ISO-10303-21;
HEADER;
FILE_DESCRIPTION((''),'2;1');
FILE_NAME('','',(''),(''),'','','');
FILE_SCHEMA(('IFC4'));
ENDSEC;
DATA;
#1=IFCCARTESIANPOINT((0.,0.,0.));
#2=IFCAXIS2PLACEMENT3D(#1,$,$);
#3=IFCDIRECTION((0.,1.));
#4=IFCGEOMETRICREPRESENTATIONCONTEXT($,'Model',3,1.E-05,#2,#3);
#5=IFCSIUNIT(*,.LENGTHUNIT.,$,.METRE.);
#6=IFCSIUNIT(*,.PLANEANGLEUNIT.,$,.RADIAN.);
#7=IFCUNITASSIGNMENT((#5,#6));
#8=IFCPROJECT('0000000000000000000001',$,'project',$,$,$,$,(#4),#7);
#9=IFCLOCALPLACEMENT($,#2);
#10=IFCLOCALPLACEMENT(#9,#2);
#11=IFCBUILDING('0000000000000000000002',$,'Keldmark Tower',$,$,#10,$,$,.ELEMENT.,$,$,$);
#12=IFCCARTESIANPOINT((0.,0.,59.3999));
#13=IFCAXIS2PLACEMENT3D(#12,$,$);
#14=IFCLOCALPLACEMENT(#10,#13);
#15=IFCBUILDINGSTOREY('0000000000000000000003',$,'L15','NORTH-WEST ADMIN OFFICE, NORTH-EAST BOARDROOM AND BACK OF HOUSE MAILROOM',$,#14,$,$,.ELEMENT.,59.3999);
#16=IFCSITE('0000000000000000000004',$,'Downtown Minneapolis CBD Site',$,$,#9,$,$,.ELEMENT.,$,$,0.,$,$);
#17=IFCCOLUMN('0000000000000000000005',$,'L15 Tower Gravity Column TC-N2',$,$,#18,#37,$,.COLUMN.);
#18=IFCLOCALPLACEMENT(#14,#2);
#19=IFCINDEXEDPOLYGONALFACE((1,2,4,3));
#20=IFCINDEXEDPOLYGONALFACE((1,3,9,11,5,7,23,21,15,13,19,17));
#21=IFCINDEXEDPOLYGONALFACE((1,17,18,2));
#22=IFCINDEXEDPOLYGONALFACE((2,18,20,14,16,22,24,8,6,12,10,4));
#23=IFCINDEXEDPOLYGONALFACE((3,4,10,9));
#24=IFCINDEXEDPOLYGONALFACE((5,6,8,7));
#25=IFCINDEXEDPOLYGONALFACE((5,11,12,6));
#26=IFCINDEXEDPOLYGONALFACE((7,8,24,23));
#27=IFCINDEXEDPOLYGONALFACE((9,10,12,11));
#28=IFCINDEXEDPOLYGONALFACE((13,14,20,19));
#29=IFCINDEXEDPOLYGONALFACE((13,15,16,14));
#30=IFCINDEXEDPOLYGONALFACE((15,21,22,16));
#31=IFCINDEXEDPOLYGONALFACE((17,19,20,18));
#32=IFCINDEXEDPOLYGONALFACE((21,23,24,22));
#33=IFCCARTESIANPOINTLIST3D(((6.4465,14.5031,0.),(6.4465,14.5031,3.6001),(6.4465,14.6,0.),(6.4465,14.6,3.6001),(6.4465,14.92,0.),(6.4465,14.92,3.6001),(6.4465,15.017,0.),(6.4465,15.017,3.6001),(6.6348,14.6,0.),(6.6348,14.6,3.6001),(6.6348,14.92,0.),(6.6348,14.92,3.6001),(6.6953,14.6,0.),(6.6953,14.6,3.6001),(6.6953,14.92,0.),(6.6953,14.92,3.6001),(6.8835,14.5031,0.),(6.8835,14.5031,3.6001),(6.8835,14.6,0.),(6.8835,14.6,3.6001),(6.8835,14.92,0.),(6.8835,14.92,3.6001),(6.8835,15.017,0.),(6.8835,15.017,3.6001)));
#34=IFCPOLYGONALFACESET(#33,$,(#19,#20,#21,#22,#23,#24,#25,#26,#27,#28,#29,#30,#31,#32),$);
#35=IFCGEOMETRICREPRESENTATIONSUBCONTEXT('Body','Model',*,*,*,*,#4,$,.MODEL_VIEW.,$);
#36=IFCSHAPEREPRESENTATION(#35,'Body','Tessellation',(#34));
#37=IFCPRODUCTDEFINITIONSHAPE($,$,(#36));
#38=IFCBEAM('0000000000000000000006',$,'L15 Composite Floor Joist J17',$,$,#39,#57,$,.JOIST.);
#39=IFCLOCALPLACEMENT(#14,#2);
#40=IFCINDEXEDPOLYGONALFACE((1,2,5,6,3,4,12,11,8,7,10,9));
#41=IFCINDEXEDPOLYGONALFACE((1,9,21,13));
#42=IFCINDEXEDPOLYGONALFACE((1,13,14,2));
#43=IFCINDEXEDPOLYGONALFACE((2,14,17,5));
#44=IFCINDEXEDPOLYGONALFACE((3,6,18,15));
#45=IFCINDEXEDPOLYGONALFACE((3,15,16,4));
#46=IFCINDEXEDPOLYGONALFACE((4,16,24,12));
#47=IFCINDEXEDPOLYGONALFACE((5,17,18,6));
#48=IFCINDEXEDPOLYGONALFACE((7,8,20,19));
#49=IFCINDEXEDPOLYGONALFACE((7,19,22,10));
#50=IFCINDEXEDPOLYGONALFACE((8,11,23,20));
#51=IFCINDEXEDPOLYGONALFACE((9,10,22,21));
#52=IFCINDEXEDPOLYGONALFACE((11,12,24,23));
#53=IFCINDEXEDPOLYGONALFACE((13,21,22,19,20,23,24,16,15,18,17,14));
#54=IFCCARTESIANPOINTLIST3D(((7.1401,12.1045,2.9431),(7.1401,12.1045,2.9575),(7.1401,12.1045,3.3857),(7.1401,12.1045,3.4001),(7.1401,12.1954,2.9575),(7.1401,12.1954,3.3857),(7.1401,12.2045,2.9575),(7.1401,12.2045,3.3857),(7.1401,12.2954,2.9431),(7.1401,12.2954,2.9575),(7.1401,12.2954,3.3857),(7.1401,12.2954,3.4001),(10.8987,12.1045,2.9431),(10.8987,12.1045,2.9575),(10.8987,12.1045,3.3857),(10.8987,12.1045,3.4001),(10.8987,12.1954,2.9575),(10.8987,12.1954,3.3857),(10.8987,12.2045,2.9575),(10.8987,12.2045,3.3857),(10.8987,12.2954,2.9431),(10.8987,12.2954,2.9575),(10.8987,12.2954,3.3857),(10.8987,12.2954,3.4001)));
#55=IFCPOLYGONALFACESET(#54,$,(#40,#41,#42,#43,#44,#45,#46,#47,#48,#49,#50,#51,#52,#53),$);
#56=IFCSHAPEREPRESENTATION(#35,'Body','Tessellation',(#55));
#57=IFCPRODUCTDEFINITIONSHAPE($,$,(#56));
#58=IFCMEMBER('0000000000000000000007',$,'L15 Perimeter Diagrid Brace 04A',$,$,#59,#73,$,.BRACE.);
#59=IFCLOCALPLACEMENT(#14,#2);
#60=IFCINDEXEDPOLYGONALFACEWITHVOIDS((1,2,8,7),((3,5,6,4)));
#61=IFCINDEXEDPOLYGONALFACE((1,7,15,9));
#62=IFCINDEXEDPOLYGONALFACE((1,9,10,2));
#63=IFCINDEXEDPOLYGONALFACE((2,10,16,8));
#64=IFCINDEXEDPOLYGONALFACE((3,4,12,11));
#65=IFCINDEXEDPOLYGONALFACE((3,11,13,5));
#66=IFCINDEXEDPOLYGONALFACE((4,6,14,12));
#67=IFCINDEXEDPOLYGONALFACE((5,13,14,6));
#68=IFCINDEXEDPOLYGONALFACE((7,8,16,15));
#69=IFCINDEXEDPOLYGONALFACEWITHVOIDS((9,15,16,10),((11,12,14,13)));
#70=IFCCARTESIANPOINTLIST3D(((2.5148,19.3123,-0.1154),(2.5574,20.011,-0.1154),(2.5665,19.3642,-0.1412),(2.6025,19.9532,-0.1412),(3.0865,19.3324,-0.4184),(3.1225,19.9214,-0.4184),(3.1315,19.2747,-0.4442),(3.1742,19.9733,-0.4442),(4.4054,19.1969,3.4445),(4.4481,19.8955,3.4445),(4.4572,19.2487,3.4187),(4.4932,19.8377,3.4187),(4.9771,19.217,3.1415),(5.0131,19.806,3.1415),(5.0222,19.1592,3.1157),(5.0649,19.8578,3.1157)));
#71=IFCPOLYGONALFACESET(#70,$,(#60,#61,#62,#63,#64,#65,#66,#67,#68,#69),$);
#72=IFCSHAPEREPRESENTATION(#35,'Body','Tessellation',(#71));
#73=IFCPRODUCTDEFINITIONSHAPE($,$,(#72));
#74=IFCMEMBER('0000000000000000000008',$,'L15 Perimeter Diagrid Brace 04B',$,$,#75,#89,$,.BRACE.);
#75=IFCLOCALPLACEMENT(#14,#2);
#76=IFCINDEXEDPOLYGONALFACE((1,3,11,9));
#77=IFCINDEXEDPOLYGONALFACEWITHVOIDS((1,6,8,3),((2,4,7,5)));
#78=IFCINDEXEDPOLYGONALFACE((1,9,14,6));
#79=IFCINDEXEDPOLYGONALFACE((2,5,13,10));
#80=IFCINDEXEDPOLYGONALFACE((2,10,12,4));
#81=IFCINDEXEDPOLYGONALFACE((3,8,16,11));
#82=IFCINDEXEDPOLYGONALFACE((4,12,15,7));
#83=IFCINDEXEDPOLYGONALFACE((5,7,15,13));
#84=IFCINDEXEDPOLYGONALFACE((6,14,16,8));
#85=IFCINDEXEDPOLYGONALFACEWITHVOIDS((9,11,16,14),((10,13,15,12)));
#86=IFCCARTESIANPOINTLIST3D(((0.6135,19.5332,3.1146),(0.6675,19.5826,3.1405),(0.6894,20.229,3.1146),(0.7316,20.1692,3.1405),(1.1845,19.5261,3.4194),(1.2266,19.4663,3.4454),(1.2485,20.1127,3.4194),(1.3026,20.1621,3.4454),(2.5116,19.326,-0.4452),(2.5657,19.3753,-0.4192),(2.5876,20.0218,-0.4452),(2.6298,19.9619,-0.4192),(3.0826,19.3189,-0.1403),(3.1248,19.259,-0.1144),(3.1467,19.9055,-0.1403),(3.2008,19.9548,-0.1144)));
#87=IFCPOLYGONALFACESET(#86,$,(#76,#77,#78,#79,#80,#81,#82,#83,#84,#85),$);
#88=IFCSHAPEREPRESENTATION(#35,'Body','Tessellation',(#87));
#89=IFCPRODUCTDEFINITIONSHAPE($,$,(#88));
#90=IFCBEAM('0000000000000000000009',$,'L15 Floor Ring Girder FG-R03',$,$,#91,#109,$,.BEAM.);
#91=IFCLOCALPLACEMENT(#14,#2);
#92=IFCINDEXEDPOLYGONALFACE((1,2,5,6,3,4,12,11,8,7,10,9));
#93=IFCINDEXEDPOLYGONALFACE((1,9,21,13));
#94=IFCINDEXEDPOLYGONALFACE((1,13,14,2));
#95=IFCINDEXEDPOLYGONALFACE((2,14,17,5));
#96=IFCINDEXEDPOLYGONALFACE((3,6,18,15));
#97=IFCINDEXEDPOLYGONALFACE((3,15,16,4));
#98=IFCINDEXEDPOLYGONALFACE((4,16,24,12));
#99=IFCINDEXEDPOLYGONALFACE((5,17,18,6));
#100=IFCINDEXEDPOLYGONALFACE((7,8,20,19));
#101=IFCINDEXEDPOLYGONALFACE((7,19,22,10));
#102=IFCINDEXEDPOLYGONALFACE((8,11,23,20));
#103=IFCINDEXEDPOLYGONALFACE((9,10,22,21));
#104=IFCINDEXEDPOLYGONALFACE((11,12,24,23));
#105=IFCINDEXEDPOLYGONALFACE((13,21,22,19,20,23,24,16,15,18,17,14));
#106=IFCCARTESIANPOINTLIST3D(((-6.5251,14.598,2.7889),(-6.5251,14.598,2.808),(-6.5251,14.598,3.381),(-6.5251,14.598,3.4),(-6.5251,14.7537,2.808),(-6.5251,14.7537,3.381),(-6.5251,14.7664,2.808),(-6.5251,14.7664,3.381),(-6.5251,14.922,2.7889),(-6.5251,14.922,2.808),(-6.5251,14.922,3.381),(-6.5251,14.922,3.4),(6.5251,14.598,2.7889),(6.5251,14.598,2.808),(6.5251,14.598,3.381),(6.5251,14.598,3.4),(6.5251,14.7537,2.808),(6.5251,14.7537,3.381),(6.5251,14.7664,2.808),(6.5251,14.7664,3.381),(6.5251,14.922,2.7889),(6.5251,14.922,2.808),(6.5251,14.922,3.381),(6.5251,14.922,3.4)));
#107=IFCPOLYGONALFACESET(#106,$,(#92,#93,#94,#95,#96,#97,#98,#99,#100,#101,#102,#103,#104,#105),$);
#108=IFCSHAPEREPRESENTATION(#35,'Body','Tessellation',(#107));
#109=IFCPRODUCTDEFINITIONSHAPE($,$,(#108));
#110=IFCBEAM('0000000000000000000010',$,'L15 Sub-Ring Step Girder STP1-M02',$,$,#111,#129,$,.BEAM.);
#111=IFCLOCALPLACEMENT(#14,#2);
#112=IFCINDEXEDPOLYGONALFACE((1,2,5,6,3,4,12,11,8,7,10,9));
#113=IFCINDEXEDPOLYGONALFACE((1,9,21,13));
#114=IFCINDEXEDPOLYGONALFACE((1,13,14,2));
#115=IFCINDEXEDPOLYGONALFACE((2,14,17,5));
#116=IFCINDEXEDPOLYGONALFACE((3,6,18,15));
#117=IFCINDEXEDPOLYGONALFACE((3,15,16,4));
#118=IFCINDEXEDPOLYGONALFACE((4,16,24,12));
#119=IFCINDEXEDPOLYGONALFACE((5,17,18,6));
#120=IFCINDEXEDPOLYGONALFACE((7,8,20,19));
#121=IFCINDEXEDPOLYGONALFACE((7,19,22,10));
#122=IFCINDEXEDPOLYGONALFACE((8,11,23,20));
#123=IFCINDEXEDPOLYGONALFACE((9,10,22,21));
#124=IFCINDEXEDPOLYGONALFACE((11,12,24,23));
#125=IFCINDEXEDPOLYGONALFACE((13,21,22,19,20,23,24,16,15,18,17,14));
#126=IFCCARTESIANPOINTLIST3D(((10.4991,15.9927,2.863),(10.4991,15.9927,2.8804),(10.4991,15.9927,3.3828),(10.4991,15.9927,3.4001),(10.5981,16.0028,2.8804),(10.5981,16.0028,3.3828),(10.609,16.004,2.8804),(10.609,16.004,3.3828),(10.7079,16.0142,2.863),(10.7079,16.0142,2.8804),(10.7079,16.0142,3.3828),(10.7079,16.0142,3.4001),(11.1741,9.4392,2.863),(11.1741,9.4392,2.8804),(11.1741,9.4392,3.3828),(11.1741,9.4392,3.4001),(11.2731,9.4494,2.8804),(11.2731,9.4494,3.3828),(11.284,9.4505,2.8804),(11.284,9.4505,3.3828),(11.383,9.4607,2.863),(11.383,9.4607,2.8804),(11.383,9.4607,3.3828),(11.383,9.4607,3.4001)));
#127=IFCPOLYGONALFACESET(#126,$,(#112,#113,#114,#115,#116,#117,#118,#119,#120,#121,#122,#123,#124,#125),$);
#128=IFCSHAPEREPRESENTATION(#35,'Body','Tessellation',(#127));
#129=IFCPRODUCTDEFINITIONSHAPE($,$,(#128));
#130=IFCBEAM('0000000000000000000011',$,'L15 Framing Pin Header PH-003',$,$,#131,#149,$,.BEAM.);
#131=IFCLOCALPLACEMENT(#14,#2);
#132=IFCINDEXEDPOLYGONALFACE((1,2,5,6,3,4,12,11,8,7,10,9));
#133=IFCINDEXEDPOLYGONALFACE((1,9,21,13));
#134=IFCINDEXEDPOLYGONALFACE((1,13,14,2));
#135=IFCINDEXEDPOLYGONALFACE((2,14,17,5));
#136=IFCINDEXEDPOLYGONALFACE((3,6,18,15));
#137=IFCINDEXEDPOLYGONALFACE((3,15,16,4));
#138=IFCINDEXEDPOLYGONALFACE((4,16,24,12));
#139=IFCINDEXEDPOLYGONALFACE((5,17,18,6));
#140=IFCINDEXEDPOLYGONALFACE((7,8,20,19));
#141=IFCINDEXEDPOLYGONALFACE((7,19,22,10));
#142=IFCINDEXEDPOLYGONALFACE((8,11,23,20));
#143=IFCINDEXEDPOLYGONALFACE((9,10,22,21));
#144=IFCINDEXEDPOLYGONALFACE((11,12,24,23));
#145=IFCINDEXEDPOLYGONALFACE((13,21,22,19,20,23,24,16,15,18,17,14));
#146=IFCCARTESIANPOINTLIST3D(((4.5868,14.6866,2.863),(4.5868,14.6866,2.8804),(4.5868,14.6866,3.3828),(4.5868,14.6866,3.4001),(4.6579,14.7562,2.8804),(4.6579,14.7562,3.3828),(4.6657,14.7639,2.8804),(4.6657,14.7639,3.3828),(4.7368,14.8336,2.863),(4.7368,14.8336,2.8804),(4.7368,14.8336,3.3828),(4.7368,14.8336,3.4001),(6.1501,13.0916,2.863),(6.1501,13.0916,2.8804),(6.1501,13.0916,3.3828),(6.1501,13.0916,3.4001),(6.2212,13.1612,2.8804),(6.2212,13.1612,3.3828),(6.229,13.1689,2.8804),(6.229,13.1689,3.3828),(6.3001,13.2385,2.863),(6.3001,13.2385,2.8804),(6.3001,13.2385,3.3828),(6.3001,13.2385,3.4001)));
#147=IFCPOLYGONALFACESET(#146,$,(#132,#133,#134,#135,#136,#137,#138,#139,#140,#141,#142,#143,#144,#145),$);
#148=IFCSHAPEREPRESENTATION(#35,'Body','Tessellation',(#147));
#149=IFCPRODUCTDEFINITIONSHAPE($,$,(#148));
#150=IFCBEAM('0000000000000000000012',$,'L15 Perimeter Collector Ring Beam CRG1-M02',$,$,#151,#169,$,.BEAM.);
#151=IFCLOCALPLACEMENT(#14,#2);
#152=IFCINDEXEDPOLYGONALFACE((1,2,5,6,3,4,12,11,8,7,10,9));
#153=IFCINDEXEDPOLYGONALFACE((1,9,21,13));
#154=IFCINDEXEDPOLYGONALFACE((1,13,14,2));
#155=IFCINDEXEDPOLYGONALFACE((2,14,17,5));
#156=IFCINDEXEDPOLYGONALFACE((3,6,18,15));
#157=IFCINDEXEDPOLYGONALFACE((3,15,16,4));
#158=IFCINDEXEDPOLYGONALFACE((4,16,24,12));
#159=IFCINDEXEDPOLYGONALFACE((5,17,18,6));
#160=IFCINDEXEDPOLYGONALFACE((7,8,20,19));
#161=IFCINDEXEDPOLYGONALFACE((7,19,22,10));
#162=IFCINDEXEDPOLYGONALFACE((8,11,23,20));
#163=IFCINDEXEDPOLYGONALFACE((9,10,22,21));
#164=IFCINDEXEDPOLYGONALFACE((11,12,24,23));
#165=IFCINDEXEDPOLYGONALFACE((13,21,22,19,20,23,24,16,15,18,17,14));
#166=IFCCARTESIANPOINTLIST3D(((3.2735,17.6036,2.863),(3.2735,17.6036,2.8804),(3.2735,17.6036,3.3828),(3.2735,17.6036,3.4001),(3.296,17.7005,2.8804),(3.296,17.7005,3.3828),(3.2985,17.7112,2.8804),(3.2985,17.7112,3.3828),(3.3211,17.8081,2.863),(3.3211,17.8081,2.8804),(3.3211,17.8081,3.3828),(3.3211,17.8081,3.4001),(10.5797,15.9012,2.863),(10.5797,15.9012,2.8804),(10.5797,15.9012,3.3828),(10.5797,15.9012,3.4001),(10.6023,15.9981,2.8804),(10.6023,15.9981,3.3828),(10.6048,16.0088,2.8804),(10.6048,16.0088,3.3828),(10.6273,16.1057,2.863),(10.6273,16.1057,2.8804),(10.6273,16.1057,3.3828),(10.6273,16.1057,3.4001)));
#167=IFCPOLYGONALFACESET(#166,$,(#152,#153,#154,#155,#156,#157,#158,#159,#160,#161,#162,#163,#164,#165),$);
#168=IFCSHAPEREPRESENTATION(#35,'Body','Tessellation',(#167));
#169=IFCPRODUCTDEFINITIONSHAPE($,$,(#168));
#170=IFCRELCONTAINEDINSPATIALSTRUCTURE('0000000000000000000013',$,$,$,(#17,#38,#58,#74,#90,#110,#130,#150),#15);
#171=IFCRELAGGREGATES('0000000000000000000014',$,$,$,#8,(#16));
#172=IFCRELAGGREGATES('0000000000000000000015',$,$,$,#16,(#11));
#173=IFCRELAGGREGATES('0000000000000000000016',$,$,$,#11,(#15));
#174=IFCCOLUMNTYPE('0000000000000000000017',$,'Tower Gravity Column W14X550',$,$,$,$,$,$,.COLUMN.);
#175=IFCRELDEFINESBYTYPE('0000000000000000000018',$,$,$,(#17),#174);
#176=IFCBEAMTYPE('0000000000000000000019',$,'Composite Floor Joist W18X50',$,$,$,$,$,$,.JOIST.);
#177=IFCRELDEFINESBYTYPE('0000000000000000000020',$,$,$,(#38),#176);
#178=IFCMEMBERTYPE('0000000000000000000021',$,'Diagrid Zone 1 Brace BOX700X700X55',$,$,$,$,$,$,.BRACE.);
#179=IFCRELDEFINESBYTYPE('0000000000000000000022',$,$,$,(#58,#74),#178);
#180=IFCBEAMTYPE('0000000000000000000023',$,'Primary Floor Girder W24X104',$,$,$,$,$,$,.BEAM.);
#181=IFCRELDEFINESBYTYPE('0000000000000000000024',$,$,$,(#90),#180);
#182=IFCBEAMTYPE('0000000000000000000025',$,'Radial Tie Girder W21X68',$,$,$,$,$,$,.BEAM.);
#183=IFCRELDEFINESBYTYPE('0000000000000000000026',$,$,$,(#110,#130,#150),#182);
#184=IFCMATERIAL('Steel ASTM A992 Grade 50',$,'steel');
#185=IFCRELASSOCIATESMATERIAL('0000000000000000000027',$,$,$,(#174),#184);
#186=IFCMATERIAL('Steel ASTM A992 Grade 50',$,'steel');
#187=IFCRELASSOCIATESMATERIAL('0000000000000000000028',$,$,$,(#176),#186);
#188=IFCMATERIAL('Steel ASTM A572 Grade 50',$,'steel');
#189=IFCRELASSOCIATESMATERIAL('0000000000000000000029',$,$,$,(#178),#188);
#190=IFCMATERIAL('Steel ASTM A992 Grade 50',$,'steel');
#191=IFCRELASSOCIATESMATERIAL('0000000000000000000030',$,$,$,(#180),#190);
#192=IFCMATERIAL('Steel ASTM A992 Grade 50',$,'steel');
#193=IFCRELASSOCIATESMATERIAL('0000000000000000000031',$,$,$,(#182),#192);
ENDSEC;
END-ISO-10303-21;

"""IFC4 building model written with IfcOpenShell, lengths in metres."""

from ifc_helpers import new_model, si_unit, direction, frame, origin, origin_2d, place, context, subcontext, project, spatial, hollow_rectangle, i_section, extrude, material, material_profile, profile_set, type_object, element, save


model = new_model("IFC4")

# Units and contexts
model_context = context("Model", 3, precision=1e-05, world=origin(), true_north=direction((0.0, 1.0)))
body_context = subcontext(model_context, "Body", "Model", "MODEL_VIEW")
ifc_project = project(units=[si_unit("LENGTHUNIT", "METRE"), si_unit("PLANEANGLEUNIT", "RADIAN")], contexts=[model_context])

# Site, building, storey
site_placement = place(None, origin())
site = spatial("IfcSite", under=ifc_project, at=site_placement, Name="Downtown Minneapolis CBD Site", CompositionType="ELEMENT", RefElevation=0.0)
building_placement = place(site_placement, origin())
building = spatial("IfcBuilding", under=site, at=building_placement, Name="Keldmark Tower", CompositionType="ELEMENT")
storey_placement = place(building_placement, frame((0.0, 0.0, 59.3999)))
storey = spatial("IfcBuildingStorey", under=building, at=storey_placement, Name="L15", Description="NORTH-WEST ADMIN OFFICE, NORTH-EAST BOARDROOM AND BACK OF HOUSE MAILROOM", CompositionType="ELEMENT", Elevation=59.3999)

# Column
ifc_material_1 = material(Name="Steel ASTM A992 Grade 50", Category="steel")
ifc_material_profile_1 = material_profile(ifc_material_1, i_section(OverallWidth=0.437, OverallDepth=0.5139, WebThickness=0.0605, FlangeThickness=0.0969, at=origin_2d()), Name="W14X550")
ifc_profile_set_1 = profile_set([ifc_material_profile_1], Name="Steel ASTM A992 Grade 50")
column_type = type_object("IfcColumnType", Name="Tower Gravity Column W14X550", PredefinedType="COLUMN", material=ifc_profile_set_1)
column_placement = place(storey_placement, frame((6.665, 14.76, 0.0), z_axis=(0.0, 0.0, 1.0), x_axis=(1.0, 0.0, 0.0)))
element("IfcColumn", 1, at=column_placement, inside=storey, type_object=column_type, Name="L15 Tower Gravity Column TC-N2", PredefinedType="COLUMN", context=body_context, shape_type="SweptSolid", body=[
    extrude(i_section(OverallWidth=0.437, OverallDepth=0.5139, WebThickness=0.0605, FlangeThickness=0.0969, at=origin_2d()), origin(), (0.0, 0.0, 1.0), 3.6001),
])

# Beam
ifc_material_2 = material(Name="Steel ASTM A992 Grade 50", Category="steel")
ifc_material_profile_2 = material_profile(ifc_material_2, i_section(OverallWidth=0.1909, OverallDepth=0.457, WebThickness=0.009, FlangeThickness=0.0144, at=origin_2d()), Name="W18X50")
ifc_profile_set_2 = profile_set([ifc_material_profile_2], Name="Steel ASTM A992 Grade 50")
beam_type_1 = type_object("IfcBeamType", Name="Composite Floor Joist W18X50", PredefinedType="JOIST", material=ifc_profile_set_2)
beam_1_placement = place(storey_placement, frame((7.1401, 12.2, 3.1716), z_axis=(1.0, 0.0, 0.0), x_axis=(0.0, 1.0, 0.0)))
element("IfcBeam", 2, at=beam_1_placement, inside=storey, type_object=beam_type_1, Name="L15 Composite Floor Joist J17", PredefinedType="JOIST", context=body_context, shape_type="SweptSolid", body=[
    extrude(i_section(OverallWidth=0.1909, OverallDepth=0.457, WebThickness=0.009, FlangeThickness=0.0144, at=origin_2d()), origin(), (0.0, 0.0, 1.0), 3.7585),
])

# Members
ifc_material_3 = material(Name="Steel ASTM A572 Grade 50", Category="steel")
ifc_material_profile_3 = material_profile(ifc_material_3, hollow_rectangle(XDim=0.7, YDim=0.7, WallThickness=0.0549, at=origin_2d()), Name="BOX700X700X55")
ifc_profile_set_3 = profile_set([ifc_material_profile_3], Name="Steel ASTM A572 Grade 50")
member_type = type_object("IfcMemberType", Name="Diagrid Zone 1 Brace BOX700X700X55", PredefinedType="BRACE", material=ifc_profile_set_3)
member_1_placement = place(storey_placement, frame((2.8445, 19.6428, -0.2798), z_axis=(0.468861, -0.028638, 0.882808), x_axis=(0.060966, 0.99814, 0.0)))
element("IfcMember", 3, at=member_1_placement, inside=storey, type_object=member_type, Name="L15 Perimeter Diagrid Brace 04A", PredefinedType="BRACE", context=body_context, shape_type="SweptSolid", body=[
    extrude(hollow_rectangle(XDim=0.7, YDim=0.7, WallThickness=0.0549, at=origin_2d()), origin(), (0.0, 0.0, 1.0), 4.0325),
])
member_2_placement = place(storey_placement, frame((2.8562, 19.6404, -0.2798), z_axis=(-0.469896, 0.051311, 0.881229), x_axis=(-0.108551, -0.994091, 0.0)))
element("IfcMember", 4, at=member_2_placement, inside=storey, type_object=member_type, Name="L15 Perimeter Diagrid Brace 04B", PredefinedType="BRACE", context=body_context, shape_type="SweptSolid", body=[
    extrude(hollow_rectangle(XDim=0.7, YDim=0.7, WallThickness=0.0549, at=origin_2d()), origin(), (0.0, 0.0, 1.0), 4.0396),
])

# Beams
ifc_material_4 = material(Name="Steel ASTM A992 Grade 50", Category="steel")
ifc_material_profile_4 = material_profile(ifc_material_4, i_section(OverallWidth=0.324, OverallDepth=0.6111, WebThickness=0.0127, FlangeThickness=0.019, at=origin_2d()), Name="W24X104")
ifc_profile_set_4 = profile_set([ifc_material_profile_4], Name="Steel ASTM A992 Grade 50")
beam_type_2 = type_object("IfcBeamType", Name="Primary Floor Girder W24X104", PredefinedType="BEAM", material=ifc_profile_set_4)
beam_2_placement = place(storey_placement, frame((6.5251, 14.76, 3.0945), z_axis=(-1.0, 0.0, 0.0), x_axis=(0.0, -1.0, 0.0)))
element("IfcBeam", 5, at=beam_2_placement, inside=storey, type_object=beam_type_2, Name="L15 Floor Ring Girder FG-R03", PredefinedType="BEAM", context=body_context, shape_type="SweptSolid", body=[
    extrude(i_section(OverallWidth=0.324, OverallDepth=0.6111, WebThickness=0.0127, FlangeThickness=0.019, at=origin_2d()), origin(), (0.0, 0.0, 1.0), 13.0503),
])
ifc_material_5 = material(Name="Steel ASTM A992 Grade 50", Category="steel")
ifc_material_profile_5 = material_profile(ifc_material_5, i_section(OverallWidth=0.21, OverallDepth=0.5371, WebThickness=0.011, FlangeThickness=0.0173, at=origin_2d()), Name="W21X68")
ifc_profile_set_5 = profile_set([ifc_material_profile_5], Name="Steel ASTM A992 Grade 50")
beam_type_3 = type_object("IfcBeamType", Name="Radial Tie Girder W21X68", PredefinedType="BEAM", material=ifc_profile_set_5)
beam_3_placement = place(storey_placement, frame((11.2786, 9.45, 3.1316), z_axis=(-0.102464, 0.994737, 0.0), x_axis=(-0.994737, -0.102464, 0.0)))
element("IfcBeam", 6, at=beam_3_placement, inside=storey, type_object=beam_type_3, Name="L15 Sub-Ring Step Girder STP1-M02", PredefinedType="BEAM", context=body_context, shape_type="SweptSolid", body=[
    extrude(i_section(OverallWidth=0.21, OverallDepth=0.5371, WebThickness=0.011, FlangeThickness=0.0173, at=origin_2d()), origin(), (0.0, 0.0, 1.0), 6.5881),
])
beam_4_placement = place(storey_placement, frame((6.2251, 13.165, 3.1316), z_axis=(-0.699965, 0.714177, 0.0), x_axis=(-0.714177, -0.699965, 0.0)))
element("IfcBeam", 7, at=beam_4_placement, inside=storey, type_object=beam_type_3, Name="L15 Framing Pin Header PH-003", PredefinedType="BEAM", context=body_context, shape_type="SweptSolid", body=[
    extrude(i_section(OverallWidth=0.21, OverallDepth=0.5371, WebThickness=0.011, FlangeThickness=0.0173, at=origin_2d()), origin(), (0.0, 0.0, 1.0), 2.2334),
])
beam_5_placement = place(storey_placement, frame((10.6035, 16.0034, 3.1316), z_axis=(-0.973911, 0.226929, 0.0), x_axis=(-0.226929, -0.973911, 0.0)))
element("IfcBeam", 8, at=beam_5_placement, inside=storey, type_object=beam_type_3, Name="L15 Perimeter Collector Ring Beam CRG1-M02", PredefinedType="BEAM", context=body_context, shape_type="SweptSolid", body=[
    extrude(i_section(OverallWidth=0.21, OverallDepth=0.5371, WebThickness=0.011, FlangeThickness=0.0173, at=origin_2d()), origin(), (0.0, 0.0, 1.0), 7.502),
])

save(model, "model.ifc")
